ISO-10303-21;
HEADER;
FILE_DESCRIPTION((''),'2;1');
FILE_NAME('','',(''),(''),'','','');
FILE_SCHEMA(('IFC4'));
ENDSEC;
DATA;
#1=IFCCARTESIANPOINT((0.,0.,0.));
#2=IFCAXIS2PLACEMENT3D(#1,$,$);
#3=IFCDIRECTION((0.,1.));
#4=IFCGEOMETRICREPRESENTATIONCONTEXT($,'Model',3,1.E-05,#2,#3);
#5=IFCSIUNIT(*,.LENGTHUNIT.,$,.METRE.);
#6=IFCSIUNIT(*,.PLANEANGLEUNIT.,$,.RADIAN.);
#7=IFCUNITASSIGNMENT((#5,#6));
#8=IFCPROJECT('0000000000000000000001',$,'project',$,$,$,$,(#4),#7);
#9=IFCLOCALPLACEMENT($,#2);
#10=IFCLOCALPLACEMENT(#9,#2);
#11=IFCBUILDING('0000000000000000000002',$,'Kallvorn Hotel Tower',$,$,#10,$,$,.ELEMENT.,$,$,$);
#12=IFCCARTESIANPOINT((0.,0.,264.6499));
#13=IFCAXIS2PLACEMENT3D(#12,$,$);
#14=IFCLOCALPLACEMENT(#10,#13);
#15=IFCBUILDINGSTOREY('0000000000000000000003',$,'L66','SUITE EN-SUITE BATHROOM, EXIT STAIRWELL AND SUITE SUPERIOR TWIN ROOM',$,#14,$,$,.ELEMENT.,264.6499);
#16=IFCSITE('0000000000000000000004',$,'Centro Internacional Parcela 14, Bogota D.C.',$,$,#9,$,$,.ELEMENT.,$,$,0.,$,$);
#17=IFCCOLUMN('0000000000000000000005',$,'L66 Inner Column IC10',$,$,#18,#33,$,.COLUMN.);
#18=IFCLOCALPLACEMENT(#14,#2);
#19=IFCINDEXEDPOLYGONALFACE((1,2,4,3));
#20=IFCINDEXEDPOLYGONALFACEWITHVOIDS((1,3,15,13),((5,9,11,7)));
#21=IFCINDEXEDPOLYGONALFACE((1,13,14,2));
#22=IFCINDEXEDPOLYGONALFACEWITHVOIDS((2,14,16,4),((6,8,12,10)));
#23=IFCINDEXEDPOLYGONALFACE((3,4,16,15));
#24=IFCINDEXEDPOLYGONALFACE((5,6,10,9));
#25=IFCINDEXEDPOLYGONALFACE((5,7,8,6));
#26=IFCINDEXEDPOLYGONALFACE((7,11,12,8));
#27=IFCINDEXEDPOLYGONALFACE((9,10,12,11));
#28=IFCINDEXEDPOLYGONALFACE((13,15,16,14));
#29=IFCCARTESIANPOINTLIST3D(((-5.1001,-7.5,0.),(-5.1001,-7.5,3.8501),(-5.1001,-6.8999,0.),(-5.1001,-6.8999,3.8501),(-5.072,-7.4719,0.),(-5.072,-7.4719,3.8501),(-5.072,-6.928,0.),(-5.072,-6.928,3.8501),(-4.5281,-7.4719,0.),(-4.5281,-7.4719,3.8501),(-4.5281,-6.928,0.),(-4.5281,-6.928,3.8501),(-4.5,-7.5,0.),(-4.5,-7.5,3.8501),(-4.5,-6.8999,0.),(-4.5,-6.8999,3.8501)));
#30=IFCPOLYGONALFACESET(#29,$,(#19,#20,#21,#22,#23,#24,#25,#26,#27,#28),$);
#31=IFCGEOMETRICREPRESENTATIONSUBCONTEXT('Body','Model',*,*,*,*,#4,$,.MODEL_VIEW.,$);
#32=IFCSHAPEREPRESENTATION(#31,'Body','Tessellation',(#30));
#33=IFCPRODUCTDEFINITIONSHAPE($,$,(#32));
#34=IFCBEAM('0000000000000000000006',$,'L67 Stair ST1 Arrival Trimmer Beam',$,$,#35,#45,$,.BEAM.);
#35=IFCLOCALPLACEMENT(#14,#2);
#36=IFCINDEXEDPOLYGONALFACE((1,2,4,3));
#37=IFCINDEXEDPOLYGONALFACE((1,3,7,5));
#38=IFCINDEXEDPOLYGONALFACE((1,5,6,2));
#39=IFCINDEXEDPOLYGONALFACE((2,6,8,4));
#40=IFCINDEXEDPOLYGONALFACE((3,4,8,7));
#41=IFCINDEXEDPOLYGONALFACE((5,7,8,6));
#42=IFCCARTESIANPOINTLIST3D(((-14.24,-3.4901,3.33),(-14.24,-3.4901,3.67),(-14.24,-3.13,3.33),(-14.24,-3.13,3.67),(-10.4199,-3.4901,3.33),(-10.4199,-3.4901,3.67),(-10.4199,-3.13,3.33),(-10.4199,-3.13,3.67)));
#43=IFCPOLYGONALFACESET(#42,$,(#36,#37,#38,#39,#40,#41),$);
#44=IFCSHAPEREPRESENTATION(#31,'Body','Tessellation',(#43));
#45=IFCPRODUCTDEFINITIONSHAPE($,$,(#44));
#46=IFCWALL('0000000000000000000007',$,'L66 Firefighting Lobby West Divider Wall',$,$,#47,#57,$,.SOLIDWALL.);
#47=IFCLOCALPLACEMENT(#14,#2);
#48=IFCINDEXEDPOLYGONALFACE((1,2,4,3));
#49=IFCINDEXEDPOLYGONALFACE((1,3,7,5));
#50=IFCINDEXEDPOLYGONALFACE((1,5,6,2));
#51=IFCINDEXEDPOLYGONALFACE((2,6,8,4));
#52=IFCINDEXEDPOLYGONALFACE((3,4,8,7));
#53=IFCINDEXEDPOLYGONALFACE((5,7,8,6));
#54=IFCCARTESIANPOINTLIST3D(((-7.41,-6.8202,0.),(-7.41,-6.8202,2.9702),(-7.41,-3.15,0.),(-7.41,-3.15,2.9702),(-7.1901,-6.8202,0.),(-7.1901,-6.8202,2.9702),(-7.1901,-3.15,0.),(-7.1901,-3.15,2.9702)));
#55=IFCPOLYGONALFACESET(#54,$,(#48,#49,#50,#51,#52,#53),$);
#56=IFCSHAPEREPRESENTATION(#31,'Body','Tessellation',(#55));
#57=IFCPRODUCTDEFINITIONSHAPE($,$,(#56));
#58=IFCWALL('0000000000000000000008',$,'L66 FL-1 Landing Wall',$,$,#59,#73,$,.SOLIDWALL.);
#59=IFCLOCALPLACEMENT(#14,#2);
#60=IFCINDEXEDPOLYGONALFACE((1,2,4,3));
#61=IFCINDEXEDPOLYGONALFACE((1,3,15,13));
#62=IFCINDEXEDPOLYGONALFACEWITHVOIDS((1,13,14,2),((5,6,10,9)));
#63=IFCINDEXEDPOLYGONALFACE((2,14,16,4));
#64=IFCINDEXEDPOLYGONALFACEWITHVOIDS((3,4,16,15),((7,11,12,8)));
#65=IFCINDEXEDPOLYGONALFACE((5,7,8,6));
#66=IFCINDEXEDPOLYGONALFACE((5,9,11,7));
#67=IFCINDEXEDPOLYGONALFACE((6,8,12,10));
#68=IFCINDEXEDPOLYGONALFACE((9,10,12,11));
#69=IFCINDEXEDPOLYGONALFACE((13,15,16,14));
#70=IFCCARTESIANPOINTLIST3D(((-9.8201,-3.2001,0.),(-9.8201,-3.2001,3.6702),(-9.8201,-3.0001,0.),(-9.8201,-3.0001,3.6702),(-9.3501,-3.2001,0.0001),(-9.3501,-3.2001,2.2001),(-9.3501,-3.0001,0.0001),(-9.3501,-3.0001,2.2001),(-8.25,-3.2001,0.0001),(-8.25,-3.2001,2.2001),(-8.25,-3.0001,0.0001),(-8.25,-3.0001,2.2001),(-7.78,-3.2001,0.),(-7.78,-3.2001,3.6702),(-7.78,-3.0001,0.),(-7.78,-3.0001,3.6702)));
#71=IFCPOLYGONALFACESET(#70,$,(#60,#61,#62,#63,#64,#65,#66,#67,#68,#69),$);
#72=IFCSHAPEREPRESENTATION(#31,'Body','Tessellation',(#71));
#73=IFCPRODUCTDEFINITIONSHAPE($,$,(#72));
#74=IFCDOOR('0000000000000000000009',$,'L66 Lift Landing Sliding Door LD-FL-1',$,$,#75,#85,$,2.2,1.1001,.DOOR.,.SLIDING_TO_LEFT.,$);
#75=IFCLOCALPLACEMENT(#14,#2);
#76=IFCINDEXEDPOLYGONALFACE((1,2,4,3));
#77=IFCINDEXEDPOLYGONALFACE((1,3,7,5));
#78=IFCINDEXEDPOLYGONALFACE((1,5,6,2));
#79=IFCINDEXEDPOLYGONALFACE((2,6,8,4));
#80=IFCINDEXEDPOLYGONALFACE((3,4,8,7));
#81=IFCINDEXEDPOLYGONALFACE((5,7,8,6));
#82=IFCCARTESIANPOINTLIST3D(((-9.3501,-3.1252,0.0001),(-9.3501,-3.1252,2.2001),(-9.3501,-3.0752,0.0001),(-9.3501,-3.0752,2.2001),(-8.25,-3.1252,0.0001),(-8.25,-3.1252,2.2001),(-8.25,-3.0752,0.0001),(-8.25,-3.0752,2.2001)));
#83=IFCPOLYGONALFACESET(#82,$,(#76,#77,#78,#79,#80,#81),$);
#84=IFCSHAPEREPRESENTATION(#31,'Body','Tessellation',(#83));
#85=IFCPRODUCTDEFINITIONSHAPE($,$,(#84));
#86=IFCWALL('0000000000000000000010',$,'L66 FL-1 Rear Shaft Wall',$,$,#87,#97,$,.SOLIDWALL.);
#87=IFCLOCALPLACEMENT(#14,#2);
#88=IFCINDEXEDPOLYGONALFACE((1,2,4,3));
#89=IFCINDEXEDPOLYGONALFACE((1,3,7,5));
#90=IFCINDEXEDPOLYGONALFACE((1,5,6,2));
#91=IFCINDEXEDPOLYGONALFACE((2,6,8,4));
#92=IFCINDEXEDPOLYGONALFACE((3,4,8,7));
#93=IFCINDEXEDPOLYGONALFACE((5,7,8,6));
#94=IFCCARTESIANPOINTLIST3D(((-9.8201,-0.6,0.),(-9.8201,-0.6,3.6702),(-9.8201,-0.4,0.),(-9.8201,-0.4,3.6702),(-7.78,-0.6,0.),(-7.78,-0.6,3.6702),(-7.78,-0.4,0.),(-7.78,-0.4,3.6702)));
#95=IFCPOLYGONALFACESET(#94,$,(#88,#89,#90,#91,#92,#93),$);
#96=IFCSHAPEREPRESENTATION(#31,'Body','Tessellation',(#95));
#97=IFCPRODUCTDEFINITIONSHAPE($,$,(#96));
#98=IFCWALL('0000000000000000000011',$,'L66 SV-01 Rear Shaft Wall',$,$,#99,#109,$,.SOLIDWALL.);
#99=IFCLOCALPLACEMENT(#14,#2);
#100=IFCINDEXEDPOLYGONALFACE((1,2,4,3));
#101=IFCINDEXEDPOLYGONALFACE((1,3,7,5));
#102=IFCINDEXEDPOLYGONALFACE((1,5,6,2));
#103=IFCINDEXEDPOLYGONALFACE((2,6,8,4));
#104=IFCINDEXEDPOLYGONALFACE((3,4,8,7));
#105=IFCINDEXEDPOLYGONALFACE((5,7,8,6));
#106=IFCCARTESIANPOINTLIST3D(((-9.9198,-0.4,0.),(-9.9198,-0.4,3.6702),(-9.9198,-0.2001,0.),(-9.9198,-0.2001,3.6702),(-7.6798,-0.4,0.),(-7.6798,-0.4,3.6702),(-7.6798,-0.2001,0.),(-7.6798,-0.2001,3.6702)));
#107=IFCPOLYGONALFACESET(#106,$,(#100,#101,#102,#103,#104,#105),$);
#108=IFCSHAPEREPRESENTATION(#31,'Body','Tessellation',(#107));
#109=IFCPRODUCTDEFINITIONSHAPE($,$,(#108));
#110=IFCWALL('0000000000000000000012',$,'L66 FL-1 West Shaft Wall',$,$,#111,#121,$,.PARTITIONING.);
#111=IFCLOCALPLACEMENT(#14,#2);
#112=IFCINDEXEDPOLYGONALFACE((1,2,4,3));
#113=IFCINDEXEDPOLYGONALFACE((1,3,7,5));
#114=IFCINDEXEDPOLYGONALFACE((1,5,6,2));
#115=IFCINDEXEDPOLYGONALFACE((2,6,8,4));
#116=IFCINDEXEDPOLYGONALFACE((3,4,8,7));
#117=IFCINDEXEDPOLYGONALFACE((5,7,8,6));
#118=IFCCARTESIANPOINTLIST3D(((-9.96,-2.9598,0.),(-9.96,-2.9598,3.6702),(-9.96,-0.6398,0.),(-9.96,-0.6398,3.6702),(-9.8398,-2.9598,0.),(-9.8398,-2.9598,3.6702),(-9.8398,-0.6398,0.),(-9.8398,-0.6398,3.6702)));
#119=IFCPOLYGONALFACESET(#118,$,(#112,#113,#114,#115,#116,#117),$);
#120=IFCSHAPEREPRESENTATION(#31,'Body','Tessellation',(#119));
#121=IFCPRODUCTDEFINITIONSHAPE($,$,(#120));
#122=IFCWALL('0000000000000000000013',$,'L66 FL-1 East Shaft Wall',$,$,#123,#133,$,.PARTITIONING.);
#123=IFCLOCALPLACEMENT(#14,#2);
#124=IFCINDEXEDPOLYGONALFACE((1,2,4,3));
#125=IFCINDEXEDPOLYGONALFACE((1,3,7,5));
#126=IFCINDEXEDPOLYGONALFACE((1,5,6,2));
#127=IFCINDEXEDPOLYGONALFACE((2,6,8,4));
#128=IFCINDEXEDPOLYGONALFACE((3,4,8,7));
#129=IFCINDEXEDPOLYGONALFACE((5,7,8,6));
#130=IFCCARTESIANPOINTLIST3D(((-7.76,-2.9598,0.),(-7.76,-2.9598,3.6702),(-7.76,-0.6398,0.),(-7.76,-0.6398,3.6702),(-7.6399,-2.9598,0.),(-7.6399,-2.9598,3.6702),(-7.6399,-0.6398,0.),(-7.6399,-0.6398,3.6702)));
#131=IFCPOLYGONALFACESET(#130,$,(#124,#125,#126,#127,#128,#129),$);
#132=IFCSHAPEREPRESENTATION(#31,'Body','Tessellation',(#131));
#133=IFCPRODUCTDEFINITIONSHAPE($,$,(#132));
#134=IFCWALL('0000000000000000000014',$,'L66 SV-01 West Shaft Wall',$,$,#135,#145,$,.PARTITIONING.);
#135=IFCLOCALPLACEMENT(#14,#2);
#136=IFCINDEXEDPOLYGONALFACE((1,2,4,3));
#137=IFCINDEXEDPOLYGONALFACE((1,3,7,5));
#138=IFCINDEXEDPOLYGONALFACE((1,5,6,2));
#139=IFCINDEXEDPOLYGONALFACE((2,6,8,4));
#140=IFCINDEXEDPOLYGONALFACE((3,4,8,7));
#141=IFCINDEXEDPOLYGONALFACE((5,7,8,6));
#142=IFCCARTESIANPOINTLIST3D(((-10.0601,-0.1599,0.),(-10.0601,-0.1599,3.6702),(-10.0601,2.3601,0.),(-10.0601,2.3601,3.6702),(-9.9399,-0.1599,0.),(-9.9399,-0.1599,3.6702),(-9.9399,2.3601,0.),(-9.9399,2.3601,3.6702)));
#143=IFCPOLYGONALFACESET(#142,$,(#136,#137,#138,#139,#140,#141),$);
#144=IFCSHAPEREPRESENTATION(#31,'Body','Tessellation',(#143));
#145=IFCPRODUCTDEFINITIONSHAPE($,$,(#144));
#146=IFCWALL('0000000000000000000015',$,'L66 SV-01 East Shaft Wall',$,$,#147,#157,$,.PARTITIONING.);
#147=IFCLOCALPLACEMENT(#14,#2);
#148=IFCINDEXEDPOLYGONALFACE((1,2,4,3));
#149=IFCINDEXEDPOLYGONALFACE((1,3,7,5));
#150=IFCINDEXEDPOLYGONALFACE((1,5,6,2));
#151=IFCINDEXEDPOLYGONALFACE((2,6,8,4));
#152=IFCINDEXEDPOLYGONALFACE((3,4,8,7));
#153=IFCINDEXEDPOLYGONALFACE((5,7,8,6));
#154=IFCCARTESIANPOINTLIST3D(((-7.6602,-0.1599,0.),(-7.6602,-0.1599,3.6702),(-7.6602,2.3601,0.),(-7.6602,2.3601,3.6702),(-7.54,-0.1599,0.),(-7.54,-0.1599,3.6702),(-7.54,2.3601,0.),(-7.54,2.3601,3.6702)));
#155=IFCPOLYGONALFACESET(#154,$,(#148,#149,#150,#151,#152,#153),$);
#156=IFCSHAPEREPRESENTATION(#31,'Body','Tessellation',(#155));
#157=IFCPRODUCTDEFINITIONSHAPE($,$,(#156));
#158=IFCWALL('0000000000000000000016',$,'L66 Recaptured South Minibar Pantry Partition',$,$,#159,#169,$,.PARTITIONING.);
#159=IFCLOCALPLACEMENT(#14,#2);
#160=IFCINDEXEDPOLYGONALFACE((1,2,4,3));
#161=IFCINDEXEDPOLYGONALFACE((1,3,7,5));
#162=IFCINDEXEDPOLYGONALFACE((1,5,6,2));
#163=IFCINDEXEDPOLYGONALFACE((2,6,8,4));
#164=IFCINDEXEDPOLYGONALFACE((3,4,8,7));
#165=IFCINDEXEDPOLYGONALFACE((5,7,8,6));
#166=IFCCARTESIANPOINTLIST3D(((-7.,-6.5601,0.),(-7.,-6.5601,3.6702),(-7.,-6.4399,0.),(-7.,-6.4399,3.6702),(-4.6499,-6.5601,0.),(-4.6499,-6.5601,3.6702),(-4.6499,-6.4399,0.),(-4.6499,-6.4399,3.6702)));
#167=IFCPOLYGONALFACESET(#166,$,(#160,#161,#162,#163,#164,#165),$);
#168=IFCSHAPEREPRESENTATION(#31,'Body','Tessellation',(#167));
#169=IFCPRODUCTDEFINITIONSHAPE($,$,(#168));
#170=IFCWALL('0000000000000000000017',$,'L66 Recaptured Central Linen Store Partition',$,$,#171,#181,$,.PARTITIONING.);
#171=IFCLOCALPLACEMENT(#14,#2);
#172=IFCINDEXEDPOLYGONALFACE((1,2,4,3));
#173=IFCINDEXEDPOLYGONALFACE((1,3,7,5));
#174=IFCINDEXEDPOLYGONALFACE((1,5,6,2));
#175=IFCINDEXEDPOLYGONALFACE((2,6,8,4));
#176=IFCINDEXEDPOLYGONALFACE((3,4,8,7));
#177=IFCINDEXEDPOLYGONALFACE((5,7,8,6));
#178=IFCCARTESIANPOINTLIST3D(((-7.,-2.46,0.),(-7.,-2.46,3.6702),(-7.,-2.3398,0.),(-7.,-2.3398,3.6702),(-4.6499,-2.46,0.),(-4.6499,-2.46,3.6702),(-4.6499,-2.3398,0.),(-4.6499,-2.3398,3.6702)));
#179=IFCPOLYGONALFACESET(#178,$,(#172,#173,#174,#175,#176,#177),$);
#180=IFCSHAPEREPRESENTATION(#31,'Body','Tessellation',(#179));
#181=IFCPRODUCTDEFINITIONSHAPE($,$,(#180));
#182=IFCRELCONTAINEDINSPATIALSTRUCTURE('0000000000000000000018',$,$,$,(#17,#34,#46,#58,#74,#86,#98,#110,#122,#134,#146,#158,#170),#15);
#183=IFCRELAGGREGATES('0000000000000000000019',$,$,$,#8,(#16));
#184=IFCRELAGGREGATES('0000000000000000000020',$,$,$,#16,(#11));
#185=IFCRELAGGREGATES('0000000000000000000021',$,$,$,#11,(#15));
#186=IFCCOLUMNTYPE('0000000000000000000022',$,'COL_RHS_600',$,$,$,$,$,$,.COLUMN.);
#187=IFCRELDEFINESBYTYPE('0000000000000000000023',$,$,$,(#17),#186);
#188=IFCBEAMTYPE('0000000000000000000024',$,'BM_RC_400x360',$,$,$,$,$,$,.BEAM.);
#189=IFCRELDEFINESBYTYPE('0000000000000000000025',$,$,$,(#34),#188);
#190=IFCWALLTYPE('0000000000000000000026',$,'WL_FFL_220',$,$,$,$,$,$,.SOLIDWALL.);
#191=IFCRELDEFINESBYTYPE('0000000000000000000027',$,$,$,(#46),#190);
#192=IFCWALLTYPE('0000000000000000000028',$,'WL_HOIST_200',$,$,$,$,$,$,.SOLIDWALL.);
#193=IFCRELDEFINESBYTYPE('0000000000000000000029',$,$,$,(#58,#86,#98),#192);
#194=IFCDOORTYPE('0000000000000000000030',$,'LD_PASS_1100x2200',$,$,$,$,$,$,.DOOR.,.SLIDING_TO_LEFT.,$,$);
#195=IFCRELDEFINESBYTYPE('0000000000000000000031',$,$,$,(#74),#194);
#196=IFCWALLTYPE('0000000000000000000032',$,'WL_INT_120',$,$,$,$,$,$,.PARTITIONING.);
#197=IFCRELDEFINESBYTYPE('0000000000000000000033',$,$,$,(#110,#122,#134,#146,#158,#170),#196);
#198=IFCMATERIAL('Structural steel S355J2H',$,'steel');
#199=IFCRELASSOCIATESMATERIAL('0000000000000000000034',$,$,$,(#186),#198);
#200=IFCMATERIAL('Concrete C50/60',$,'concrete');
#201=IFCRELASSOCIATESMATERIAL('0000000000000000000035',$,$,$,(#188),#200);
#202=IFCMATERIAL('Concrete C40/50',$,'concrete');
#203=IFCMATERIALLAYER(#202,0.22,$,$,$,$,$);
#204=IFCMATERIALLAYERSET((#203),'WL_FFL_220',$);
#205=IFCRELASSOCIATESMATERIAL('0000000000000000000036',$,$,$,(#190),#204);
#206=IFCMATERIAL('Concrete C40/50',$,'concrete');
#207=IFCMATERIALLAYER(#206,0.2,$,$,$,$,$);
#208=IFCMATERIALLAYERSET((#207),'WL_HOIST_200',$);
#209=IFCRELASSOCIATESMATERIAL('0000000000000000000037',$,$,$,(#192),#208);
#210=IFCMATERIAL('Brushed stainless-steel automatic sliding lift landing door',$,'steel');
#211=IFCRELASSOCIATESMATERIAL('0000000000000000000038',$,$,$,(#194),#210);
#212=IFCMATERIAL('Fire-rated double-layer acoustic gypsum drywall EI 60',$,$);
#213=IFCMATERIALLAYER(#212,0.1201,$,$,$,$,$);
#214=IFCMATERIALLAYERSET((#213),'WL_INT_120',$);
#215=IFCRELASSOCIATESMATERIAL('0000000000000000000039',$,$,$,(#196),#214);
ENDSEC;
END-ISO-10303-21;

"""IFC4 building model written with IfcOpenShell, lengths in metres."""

from ifc_helpers import new_model, si_unit, direction, frame, frame_2d, origin, origin_2d, place, context, subcontext, project, spatial, rectangle, hollow_rectangle, extrude, material, layer, layer_set, material_profile, profile_set, type_object, element, fill, save


model = new_model("IFC4")

# Units and contexts
model_context = context("Model", 3, precision=1e-05, world=origin(), true_north=direction((0.0, 1.0)))
body_context = subcontext(model_context, "Body", "Model", "MODEL_VIEW")
ifc_project = project(units=[si_unit("LENGTHUNIT", "METRE"), si_unit("PLANEANGLEUNIT", "RADIAN")], contexts=[model_context])

# Site, building, storey
site_placement = place(None, origin())
site = spatial("IfcSite", under=ifc_project, at=site_placement, Name="Centro Internacional Parcela 14, Bogota D.C.", CompositionType="ELEMENT", RefElevation=0.0)
building_placement = place(site_placement, origin())
building = spatial("IfcBuilding", under=site, at=building_placement, Name="Kallvorn Hotel Tower", CompositionType="ELEMENT")
storey_placement = place(building_placement, frame((0.0, 0.0, 264.6499)))
storey = spatial("IfcBuildingStorey", under=building, at=storey_placement, Name="L66", Description="SUITE EN-SUITE BATHROOM, EXIT STAIRWELL AND SUITE SUPERIOR TWIN ROOM", CompositionType="ELEMENT", Elevation=264.6499)

# Column
ifc_material_1 = material(Name="Structural steel S355J2H", Category="steel")
ifc_material_profile_1 = material_profile(ifc_material_1, hollow_rectangle(XDim=0.6001, YDim=0.6001, WallThickness=0.0281, at=origin_2d()), Name="RHS 600x600x28")
ifc_profile_set_1 = profile_set([ifc_material_profile_1], Name="Structural steel S355J2H")
column_type = type_object("IfcColumnType", Name="COL_RHS_600", PredefinedType="COLUMN", material=ifc_profile_set_1)
column_placement = place(storey_placement, frame((-4.8, -7.2, 0.0), z_axis=(0.0, 0.0, 1.0), x_axis=(1.0, 0.0, 0.0)))
element("IfcColumn", 1, at=column_placement, inside=storey, type_object=column_type, Name="L66 Inner Column IC10", PredefinedType="COLUMN", context=body_context, shape_type="SweptSolid", body=[
    extrude(hollow_rectangle(XDim=0.6001, YDim=0.6001, WallThickness=0.0281, at=origin_2d()), origin(), (0.0, 0.0, 1.0), 3.8501),
])

# Beam
ifc_material_2 = material(Name="Concrete C50/60", Category="concrete")
ifc_material_profile_2 = material_profile(ifc_material_2, rectangle(XDim=0.3601, YDim=0.3401, at=origin_2d()), Name="RC 360x340")
ifc_profile_set_2 = profile_set([ifc_material_profile_2], Name="Concrete C50/60")
beam_type = type_object("IfcBeamType", Name="BM_RC_400x360", PredefinedType="BEAM", material=ifc_profile_set_2)
beam_placement = place(storey_placement, frame((-10.4199, -3.3101, 3.5), z_axis=(-1.0, 0.0, 0.0), x_axis=(0.0, -1.0, 0.0)))
element("IfcBeam", 2, at=beam_placement, inside=storey, type_object=beam_type, Name="L67 Stair ST1 Arrival Trimmer Beam", PredefinedType="BEAM", context=body_context, shape_type="SweptSolid", body=[
    extrude(rectangle(XDim=0.3601, YDim=0.3401, at=origin_2d()), origin(), (0.0, 0.0, 1.0), 3.8201),
])

# Wall
ifc_material_3 = material(Name="Concrete C40/50", Category="concrete")
ifc_layer_1 = layer(ifc_material_3, 0.22)
ifc_layer_set_1 = layer_set([ifc_layer_1], Name="WL_FFL_220")
wall_type_1 = type_object("IfcWallType", Name="WL_FFL_220", PredefinedType="SOLIDWALL", material=ifc_layer_set_1)
wall_1_placement = place(storey_placement, frame((-7.3, -6.8201, 0.0), z_axis=(0.0, 0.0, 1.0), x_axis=(0.0, 1.0, 0.0)))
element("IfcWall", 3, at=wall_1_placement, inside=storey, type_object=wall_type_1, Name="L66 Firefighting Lobby West Divider Wall", PredefinedType="SOLIDWALL", context=body_context, shape_type="SweptSolid", body=[
    extrude(rectangle(XDim=3.6702, YDim=0.22, at=frame_2d((1.835, 0.0))), origin(), (0.0, 0.0, 1.0), 2.9702),
])

# Wall, opening, door
ifc_material_4 = material(Name="Concrete C40/50", Category="concrete")
ifc_layer_2 = layer(ifc_material_4, 0.2)
ifc_layer_set_2 = layer_set([ifc_layer_2], Name="WL_HOIST_200")
wall_type_2 = type_object("IfcWallType", Name="WL_HOIST_200", PredefinedType="SOLIDWALL", material=ifc_layer_set_2)
wall_2_placement = place(storey_placement, frame((-9.8201, -3.1001, 0.0), z_axis=(0.0, 0.0, 1.0), x_axis=(1.0, 0.0, 0.0)))
wall_2 = element("IfcWall", 4, at=wall_2_placement, inside=storey, type_object=wall_type_2, Name="L66 FL-1 Landing Wall", PredefinedType="SOLIDWALL", context=body_context, shape_type="SweptSolid", body=[
    extrude(rectangle(XDim=2.04, YDim=0.2, at=frame_2d((1.02, 0.0))), origin(), (0.0, 0.0, 1.0), 3.6702),
])
opening_1_placement = place(wall_2_placement, frame((0.47, 0.0, 0.0)))
opening_1 = element("IfcOpeningElement", 5, at=opening_1_placement, cuts=wall_2, PredefinedType="OPENING", context=body_context, shape_type="SweptSolid", body=[
    extrude(rectangle(XDim=1.1001, YDim=2.2, at=frame_2d((0.55, 1.1001))), frame((0.0, 0.115, 0.0), z_axis=(0.0, -1.0, 0.0), x_axis=(1.0, 0.0, 0.0)), (0.0, 0.0, 1.0), 0.23),
])
ifc_material_5 = material(Name="Brushed stainless-steel automatic sliding lift landing door", Category="steel")
door_type_1 = type_object("IfcDoorType", Name="LD_PASS_1100x2200", OperationType="SLIDING_TO_LEFT", PredefinedType="DOOR", material=ifc_material_5)
door_1_placement = place(opening_1_placement, origin())
door_1 = element("IfcDoor", 6, at=door_1_placement, inside=storey, type_object=door_type_1, Name="L66 Lift Landing Sliding Door LD-FL-1", OperationType="SLIDING_TO_LEFT", OverallHeight=2.2, OverallWidth=1.1001, PredefinedType="DOOR", context=body_context, shape_type="SweptSolid", body=[
    extrude(rectangle(XDim=1.1001, YDim=2.2, at=frame_2d((0.55, 1.1001))), frame((0.0, 0.0249, 0.0), z_axis=(0.0, -1.0, 0.0), x_axis=(1.0, 0.0, 0.0)), (0.0, 0.0, 1.0), 0.05),
])
fill(opening_1, door_1)

# Walls
wall_3_placement = place(storey_placement, frame((-9.8201, -0.5, 0.0), z_axis=(0.0, 0.0, 1.0), x_axis=(1.0, 0.0, 0.0)))
element("IfcWall", 7, at=wall_3_placement, inside=storey, type_object=wall_type_2, Name="L66 FL-1 Rear Shaft Wall", PredefinedType="SOLIDWALL", context=body_context, shape_type="SweptSolid", body=[
    extrude(rectangle(XDim=2.04, YDim=0.2, at=frame_2d((1.02, 0.0))), origin(), (0.0, 0.0, 1.0), 3.6702),
])
wall_4_placement = place(storey_placement, frame((-9.9199, -0.3, 0.0), z_axis=(0.0, 0.0, 1.0), x_axis=(1.0, 0.0, 0.0)))
element("IfcWall", 8, at=wall_4_placement, inside=storey, type_object=wall_type_2, Name="L66 SV-01 Rear Shaft Wall", PredefinedType="SOLIDWALL", context=body_context, shape_type="SweptSolid", body=[
    extrude(rectangle(XDim=2.24, YDim=0.2, at=frame_2d((1.1201, 0.0))), origin(), (0.0, 0.0, 1.0), 3.6702),
])
ifc_material_6 = material(Name="Fire-rated double-layer acoustic gypsum drywall EI 60")
ifc_layer_3 = layer(ifc_material_6, 0.1201)
ifc_layer_set_3 = layer_set([ifc_layer_3], Name="WL_INT_120")
wall_type_3 = type_object("IfcWallType", Name="WL_INT_120", PredefinedType="PARTITIONING", material=ifc_layer_set_3)
for number, where, z_axis, x_axis, name in (
    (9, (-9.8999, -2.96, 0.0), (0.0, 0.0, 1.0), (0.0, 1.0, 0.0), "L66 FL-1 West Shaft Wall"),
    (10, (-7.7, -2.96, 0.0), (0.0, 0.0, 1.0), (0.0, 1.0, 0.0), "L66 FL-1 East Shaft Wall"),
):
    element("IfcWall", number, at=place(storey_placement, frame(where, z_axis=z_axis, x_axis=x_axis)), inside=storey, type_object=wall_type_3, Name=name, PredefinedType="PARTITIONING", context=body_context, shape_type="SweptSolid", body=[
        extrude(rectangle(XDim=2.3201, YDim=0.1201, at=frame_2d((1.1602, 0.0))), origin(), (0.0, 0.0, 1.0), 3.6702),
    ])
for number, where, z_axis, x_axis, name in (
    (11, (-10.0, -0.1599, 0.0), (0.0, 0.0, 1.0), (0.0, 1.0, 0.0), "L66 SV-01 West Shaft Wall"),
    (12, (-7.6001, -0.1599, 0.0), (0.0, 0.0, 1.0), (0.0, 1.0, 0.0), "L66 SV-01 East Shaft Wall"),
):
    element("IfcWall", number, at=place(storey_placement, frame(where, z_axis=z_axis, x_axis=x_axis)), inside=storey, type_object=wall_type_3, Name=name, PredefinedType="PARTITIONING", context=body_context, shape_type="SweptSolid", body=[
        extrude(rectangle(XDim=2.52, YDim=0.1201, at=frame_2d((1.26, 0.0))), origin(), (0.0, 0.0, 1.0), 3.6702),
    ])
for number, where, z_axis, x_axis, name in (
    (13, (-7.0, -6.5, 0.0), (0.0, 0.0, 1.0), (1.0, 0.0, 0.0), "L66 Recaptured South Minibar Pantry Partition"),
    (14, (-7.0, -2.3999, 0.0), (0.0, 0.0, 1.0), (1.0, 0.0, 0.0), "L66 Recaptured Central Linen Store Partition"),
):
    element("IfcWall", number, at=place(storey_placement, frame(where, z_axis=z_axis, x_axis=x_axis)), inside=storey, type_object=wall_type_3, Name=name, PredefinedType="PARTITIONING", context=body_context, shape_type="SweptSolid", body=[
        extrude(rectangle(XDim=2.3501, YDim=0.1201, at=frame_2d((1.175, 0.0))), origin(), (0.0, 0.0, 1.0), 3.6702),
    ])

save(model, "model.ifc")
